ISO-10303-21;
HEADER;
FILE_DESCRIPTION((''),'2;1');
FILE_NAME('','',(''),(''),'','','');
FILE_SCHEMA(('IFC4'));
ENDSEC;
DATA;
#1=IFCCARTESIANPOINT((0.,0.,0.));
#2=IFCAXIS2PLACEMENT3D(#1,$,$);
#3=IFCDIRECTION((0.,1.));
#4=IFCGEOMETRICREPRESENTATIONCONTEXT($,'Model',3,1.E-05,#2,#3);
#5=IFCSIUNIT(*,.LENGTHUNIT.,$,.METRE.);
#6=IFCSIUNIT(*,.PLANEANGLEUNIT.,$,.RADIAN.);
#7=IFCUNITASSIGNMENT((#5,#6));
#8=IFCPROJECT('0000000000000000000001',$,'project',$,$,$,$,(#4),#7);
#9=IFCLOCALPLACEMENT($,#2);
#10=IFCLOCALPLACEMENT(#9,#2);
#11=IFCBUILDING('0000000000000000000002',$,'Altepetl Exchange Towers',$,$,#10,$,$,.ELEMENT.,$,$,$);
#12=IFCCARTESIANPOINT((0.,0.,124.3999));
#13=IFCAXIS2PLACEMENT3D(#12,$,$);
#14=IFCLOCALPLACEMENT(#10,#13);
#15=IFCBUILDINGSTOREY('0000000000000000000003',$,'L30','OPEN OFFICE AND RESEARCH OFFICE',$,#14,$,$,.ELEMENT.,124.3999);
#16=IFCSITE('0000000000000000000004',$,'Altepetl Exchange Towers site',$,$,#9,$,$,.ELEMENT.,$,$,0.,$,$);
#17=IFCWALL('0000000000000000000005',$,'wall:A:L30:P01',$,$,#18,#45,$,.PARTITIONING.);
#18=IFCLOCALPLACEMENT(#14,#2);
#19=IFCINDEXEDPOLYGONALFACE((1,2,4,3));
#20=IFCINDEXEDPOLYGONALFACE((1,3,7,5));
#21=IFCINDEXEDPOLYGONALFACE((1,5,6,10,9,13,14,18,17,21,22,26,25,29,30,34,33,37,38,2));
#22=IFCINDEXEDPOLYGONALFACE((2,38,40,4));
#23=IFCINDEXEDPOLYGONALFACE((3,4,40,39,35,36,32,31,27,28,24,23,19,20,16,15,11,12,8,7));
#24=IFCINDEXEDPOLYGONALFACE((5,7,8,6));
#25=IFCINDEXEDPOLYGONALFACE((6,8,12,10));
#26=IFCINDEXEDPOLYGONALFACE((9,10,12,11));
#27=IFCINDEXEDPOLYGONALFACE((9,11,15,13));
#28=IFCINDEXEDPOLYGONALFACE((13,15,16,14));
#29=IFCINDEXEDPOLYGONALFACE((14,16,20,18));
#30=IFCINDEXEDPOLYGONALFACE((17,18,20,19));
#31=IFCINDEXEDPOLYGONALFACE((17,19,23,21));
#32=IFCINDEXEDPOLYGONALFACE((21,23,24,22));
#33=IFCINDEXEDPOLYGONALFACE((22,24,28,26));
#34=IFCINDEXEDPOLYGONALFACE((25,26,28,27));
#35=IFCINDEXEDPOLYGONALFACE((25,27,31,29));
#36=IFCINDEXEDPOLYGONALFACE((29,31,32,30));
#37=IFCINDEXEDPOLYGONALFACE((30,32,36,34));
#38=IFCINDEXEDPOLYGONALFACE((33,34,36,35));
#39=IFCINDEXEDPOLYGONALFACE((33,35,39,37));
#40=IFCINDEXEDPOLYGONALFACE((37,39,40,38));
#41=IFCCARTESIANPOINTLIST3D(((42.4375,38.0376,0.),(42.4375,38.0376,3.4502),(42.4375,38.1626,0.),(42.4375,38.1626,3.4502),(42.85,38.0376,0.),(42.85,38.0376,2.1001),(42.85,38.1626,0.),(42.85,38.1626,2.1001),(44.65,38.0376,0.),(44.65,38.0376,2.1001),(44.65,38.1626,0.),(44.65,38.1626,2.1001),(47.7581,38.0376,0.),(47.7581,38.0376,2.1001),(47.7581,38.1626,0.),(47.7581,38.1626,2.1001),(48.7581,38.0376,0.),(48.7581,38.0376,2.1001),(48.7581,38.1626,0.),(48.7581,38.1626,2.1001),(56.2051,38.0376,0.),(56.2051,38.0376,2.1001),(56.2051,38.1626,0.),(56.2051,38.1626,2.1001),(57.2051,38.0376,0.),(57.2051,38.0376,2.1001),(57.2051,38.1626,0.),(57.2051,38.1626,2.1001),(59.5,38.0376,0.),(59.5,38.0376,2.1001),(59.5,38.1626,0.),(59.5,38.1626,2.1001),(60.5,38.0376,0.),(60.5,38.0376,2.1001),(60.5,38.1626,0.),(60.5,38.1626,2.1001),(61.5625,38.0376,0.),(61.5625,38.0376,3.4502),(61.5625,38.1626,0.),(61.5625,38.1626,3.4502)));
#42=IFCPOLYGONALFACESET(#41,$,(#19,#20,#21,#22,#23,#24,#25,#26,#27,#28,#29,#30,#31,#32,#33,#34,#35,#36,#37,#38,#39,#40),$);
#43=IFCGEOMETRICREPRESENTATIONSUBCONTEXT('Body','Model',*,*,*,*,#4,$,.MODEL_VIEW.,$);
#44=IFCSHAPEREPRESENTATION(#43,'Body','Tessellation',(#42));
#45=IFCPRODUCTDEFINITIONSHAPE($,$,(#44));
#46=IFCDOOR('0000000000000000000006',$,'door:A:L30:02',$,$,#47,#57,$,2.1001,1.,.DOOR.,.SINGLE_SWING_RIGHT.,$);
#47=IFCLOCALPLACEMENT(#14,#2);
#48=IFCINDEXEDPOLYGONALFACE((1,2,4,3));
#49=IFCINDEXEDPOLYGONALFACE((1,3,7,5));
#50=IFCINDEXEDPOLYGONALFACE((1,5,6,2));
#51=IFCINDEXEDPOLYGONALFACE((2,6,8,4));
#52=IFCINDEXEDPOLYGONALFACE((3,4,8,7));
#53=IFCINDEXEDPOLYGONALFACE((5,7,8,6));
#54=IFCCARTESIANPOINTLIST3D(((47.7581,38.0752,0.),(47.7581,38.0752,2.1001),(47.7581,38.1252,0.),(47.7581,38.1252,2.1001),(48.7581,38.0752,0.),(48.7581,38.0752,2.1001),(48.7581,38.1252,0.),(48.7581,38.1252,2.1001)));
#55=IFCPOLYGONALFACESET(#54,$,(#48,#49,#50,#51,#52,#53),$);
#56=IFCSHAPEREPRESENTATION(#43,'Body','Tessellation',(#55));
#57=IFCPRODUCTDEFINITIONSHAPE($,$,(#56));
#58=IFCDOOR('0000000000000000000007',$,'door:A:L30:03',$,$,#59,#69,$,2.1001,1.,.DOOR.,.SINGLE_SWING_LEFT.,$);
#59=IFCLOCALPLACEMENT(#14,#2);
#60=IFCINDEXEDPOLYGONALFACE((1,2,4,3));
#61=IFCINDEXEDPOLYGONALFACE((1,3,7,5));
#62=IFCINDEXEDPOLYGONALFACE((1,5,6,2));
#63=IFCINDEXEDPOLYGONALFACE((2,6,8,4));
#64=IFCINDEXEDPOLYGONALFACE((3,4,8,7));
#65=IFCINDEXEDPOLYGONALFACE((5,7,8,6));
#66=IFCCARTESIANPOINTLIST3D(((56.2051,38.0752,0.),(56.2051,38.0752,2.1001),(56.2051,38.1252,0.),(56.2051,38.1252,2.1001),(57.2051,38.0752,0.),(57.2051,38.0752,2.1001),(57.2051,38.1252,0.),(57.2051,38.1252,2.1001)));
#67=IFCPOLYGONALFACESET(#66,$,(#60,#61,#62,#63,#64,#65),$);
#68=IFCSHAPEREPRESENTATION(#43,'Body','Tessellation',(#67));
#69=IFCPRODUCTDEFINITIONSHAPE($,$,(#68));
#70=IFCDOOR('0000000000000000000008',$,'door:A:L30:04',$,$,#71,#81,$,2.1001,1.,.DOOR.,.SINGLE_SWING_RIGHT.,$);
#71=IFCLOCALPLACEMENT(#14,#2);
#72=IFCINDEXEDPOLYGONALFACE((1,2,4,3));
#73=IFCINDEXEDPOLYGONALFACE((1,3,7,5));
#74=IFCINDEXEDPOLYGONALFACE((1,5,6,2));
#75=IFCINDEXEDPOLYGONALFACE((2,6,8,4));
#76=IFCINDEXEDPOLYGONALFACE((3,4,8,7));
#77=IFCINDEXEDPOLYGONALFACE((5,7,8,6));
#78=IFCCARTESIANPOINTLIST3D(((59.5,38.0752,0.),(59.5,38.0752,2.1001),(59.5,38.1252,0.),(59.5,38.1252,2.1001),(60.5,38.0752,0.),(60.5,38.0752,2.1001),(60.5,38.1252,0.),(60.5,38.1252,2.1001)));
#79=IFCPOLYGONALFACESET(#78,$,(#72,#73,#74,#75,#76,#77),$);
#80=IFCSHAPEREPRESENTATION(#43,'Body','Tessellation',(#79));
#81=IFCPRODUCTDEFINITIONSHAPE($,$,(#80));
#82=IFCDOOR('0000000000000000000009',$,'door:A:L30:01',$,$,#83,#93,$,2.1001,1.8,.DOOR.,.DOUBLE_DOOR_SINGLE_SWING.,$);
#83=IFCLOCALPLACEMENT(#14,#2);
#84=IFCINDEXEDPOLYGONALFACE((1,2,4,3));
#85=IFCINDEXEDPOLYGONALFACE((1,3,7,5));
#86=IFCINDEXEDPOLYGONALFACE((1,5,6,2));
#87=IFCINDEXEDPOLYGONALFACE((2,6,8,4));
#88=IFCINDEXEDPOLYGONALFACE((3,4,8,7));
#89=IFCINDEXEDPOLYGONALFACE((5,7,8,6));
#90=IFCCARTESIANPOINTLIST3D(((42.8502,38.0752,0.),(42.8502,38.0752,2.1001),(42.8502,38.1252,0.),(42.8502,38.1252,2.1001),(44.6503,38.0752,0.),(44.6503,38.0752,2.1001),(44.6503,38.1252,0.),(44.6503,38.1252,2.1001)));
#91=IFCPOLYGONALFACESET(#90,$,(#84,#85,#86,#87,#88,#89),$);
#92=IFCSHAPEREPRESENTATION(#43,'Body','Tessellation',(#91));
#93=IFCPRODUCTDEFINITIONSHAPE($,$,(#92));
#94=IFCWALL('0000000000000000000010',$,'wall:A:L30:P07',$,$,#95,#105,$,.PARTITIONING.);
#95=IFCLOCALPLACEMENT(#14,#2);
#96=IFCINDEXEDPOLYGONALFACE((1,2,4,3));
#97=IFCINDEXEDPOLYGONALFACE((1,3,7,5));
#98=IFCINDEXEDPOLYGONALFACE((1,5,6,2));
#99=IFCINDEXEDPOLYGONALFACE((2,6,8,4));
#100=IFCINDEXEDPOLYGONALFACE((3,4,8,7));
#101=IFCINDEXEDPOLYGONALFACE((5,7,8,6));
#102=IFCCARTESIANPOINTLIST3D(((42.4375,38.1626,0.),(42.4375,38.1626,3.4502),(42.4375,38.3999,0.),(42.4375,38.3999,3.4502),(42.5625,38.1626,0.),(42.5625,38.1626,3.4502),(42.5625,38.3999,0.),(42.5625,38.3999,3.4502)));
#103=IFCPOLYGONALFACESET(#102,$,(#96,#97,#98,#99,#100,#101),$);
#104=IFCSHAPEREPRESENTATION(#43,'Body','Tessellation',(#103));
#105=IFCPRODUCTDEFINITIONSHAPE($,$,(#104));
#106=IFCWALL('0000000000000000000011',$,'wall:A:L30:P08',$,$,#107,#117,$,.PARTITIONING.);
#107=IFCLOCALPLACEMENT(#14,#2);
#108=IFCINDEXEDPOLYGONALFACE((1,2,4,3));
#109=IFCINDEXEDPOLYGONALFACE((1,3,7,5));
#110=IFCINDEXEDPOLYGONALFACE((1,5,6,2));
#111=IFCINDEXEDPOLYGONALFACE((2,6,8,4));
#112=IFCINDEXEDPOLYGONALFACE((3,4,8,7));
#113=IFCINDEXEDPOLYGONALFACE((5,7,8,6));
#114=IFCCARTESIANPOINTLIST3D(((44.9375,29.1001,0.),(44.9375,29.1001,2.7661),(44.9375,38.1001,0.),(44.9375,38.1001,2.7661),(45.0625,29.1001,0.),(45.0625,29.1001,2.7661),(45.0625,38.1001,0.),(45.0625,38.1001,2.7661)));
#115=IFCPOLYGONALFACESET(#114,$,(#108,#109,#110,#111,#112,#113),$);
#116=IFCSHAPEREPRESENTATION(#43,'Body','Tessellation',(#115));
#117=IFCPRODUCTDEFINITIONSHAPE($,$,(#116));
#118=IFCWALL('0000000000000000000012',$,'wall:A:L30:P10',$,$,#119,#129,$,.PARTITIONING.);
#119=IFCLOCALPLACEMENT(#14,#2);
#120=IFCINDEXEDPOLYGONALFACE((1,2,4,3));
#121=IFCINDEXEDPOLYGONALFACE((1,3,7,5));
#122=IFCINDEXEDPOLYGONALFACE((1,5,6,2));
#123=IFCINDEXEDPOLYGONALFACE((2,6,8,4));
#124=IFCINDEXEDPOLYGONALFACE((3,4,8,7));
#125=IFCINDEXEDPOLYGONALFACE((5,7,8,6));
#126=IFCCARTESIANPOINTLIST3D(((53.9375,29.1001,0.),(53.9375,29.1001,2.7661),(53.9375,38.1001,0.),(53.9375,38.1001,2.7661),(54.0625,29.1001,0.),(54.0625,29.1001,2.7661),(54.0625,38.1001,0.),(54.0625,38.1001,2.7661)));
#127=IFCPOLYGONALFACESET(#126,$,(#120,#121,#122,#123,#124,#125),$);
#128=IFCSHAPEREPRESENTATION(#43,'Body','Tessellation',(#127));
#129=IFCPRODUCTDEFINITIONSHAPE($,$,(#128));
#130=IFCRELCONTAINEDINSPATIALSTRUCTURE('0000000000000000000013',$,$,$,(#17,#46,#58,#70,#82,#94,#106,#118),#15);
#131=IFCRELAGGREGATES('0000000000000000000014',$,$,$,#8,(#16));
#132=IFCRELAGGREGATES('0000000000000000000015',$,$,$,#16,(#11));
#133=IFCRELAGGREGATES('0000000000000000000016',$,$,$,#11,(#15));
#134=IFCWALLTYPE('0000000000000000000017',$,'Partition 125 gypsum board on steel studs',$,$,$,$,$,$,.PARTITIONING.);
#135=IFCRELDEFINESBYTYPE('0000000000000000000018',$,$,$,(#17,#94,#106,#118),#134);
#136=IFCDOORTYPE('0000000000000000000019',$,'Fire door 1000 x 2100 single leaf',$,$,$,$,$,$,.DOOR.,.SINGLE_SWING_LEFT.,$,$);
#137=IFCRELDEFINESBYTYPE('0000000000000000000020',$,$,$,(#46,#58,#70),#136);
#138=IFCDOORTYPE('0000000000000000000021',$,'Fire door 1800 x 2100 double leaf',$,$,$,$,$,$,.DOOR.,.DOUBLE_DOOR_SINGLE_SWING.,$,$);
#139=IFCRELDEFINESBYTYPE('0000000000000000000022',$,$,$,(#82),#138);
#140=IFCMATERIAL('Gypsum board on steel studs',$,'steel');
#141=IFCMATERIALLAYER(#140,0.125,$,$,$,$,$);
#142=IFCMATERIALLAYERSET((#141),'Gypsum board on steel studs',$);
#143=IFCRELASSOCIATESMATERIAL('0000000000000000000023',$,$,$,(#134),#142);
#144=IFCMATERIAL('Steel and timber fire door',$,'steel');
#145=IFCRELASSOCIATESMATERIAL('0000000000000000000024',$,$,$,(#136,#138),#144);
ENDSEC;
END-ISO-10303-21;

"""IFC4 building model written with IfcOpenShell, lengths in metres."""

from ifc_helpers import new_model, si_unit, direction, frame, frame_2d, origin, place, context, subcontext, project, spatial, rectangle, extrude, material, layer, layer_set, type_object, element, fill, save


model = new_model("IFC4")

# Units and contexts
model_context = context("Model", 3, precision=1e-05, world=origin(), true_north=direction((0.0, 1.0)))
body_context = subcontext(model_context, "Body", "Model", "MODEL_VIEW")
ifc_project = project(units=[si_unit("LENGTHUNIT", "METRE"), si_unit("PLANEANGLEUNIT", "RADIAN")], contexts=[model_context])

# Site, building, storey
site_placement = place(None, origin())
site = spatial("IfcSite", under=ifc_project, at=site_placement, Name="Altepetl Exchange Towers site", CompositionType="ELEMENT", RefElevation=0.0)
building_placement = place(site_placement, origin())
building = spatial("IfcBuilding", under=site, at=building_placement, Name="Altepetl Exchange Towers", CompositionType="ELEMENT")
storey_placement = place(building_placement, frame((0.0, 0.0, 124.3999)))
storey = spatial("IfcBuildingStorey", under=building, at=storey_placement, Name="L30", Description="OPEN OFFICE AND RESEARCH OFFICE", CompositionType="ELEMENT", Elevation=124.3999)

# Wall, openings, doors
ifc_material_1 = material(Name="Gypsum board on steel studs", Category="steel")
ifc_layer_1 = layer(ifc_material_1, 0.125)
ifc_layer_set_1 = layer_set([ifc_layer_1], Name="Gypsum board on steel studs")
wall_type_1 = type_object("IfcWallType", Name="Partition 125 gypsum board on steel studs", PredefinedType="PARTITIONING", material=ifc_layer_set_1)
wall_1_placement = place(storey_placement, frame((42.4375, 38.1001, 0.0)))
wall_1 = element("IfcWall", 1, at=wall_1_placement, inside=storey, type_object=wall_type_1, Name="wall:A:L30:P01", PredefinedType="PARTITIONING", context=body_context, shape_type="SweptSolid", body=[
    extrude(rectangle(XDim=19.125, YDim=0.125, at=frame_2d((9.5625, 0.0))), origin(), (0.0, 0.0, 1.0), 3.4502),
])
opening_1_placement = place(wall_1_placement, frame((0.4126, 0.0, 0.0)))
opening_1 = element("IfcOpeningElement", 2, at=opening_1_placement, cuts=wall_1, PredefinedType="OPENING", context=body_context, shape_type="SweptSolid", body=[
    extrude(rectangle(XDim=1.8, YDim=2.1001, at=frame_2d((0.8999, 1.05))), frame((0.0, 0.0725, 0.0), z_axis=(0.0, -1.0, 0.0), x_axis=(1.0, 0.0, 0.0)), (0.0, 0.0, 1.0), 0.145),
])
opening_2_placement = place(wall_1_placement, frame((5.3206, 0.0, 0.0)))
opening_2 = element("IfcOpeningElement", 3, at=opening_2_placement, cuts=wall_1, PredefinedType="OPENING", context=body_context, shape_type="SweptSolid", body=[
    extrude(rectangle(XDim=1.0, YDim=2.1001, at=frame_2d((0.5, 1.05))), frame((0.0, 0.0725, 0.0), z_axis=(0.0, -1.0, 0.0), x_axis=(1.0, 0.0, 0.0)), (0.0, 0.0, 1.0), 0.145),
])
opening_3_placement = place(wall_1_placement, frame((13.7676, 0.0, 0.0)))
opening_3 = element("IfcOpeningElement", 4, at=opening_3_placement, cuts=wall_1, PredefinedType="OPENING", context=body_context, shape_type="SweptSolid", body=[
    extrude(rectangle(XDim=1.0, YDim=2.1001, at=frame_2d((0.5, 1.05))), frame((0.0, 0.0725, 0.0), z_axis=(0.0, -1.0, 0.0), x_axis=(1.0, 0.0, 0.0)), (0.0, 0.0, 1.0), 0.145),
])
opening_4_placement = place(wall_1_placement, frame((17.0625, 0.0, 0.0)))
opening_4 = element("IfcOpeningElement", 5, at=opening_4_placement, cuts=wall_1, PredefinedType="OPENING", context=body_context, shape_type="SweptSolid", body=[
    extrude(rectangle(XDim=1.0, YDim=2.1001, at=frame_2d((0.5, 1.05))), frame((0.0, 0.0725, 0.0), z_axis=(0.0, -1.0, 0.0), x_axis=(1.0, 0.0, 0.0)), (0.0, 0.0, 1.0), 0.145),
])
ifc_material_2 = material(Name="Steel and timber fire door", Category="steel")
door_type_1 = type_object("IfcDoorType", Name="Fire door 1000 x 2100 single leaf", OperationType="SINGLE_SWING_LEFT", PredefinedType="DOOR", material=ifc_material_2)
door_1_placement = place(opening_2_placement, frame((1.0, 0.0, 0.0), x_axis=(-1.0, 0.0, 0.0)))
door_1 = element("IfcDoor", 6, at=door_1_placement, inside=storey, type_object=door_type_1, Name="door:A:L30:02", OperationType="SINGLE_SWING_RIGHT", OverallHeight=2.1001, OverallWidth=1.0, PredefinedType="DOOR", context=body_context, shape_type="SweptSolid", body=[
    extrude(rectangle(XDim=1.0, YDim=2.1001, at=frame_2d((0.5, 1.05))), frame((0.0, 0.0249, 0.0), z_axis=(0.0, -1.0, 0.0), x_axis=(1.0, 0.0, 0.0)), (0.0, 0.0, 1.0), 0.05),
])
fill(opening_2, door_1)
door_2_placement = place(opening_3_placement, frame((1.0, 0.0, 0.0), x_axis=(-1.0, 0.0, 0.0)))
door_2 = element("IfcDoor", 7, at=door_2_placement, inside=storey, type_object=door_type_1, Name="door:A:L30:03", OperationType="SINGLE_SWING_LEFT", OverallHeight=2.1001, OverallWidth=1.0, PredefinedType="DOOR", context=body_context, shape_type="SweptSolid", body=[
    extrude(rectangle(XDim=1.0, YDim=2.1001, at=frame_2d((0.5, 1.05))), frame((0.0, 0.0249, 0.0), z_axis=(0.0, -1.0, 0.0), x_axis=(1.0, 0.0, 0.0)), (0.0, 0.0, 1.0), 0.05),
])
fill(opening_3, door_2)
door_3_placement = place(opening_4_placement, frame((1.0, 0.0, 0.0), x_axis=(-1.0, 0.0, 0.0)))
door_3 = element("IfcDoor", 8, at=door_3_placement, inside=storey, type_object=door_type_1, Name="door:A:L30:04", OperationType="SINGLE_SWING_RIGHT", OverallHeight=2.1001, OverallWidth=1.0, PredefinedType="DOOR", context=body_context, shape_type="SweptSolid", body=[
    extrude(rectangle(XDim=1.0, YDim=2.1001, at=frame_2d((0.5, 1.05))), frame((0.0, 0.0249, 0.0), z_axis=(0.0, -1.0, 0.0), x_axis=(1.0, 0.0, 0.0)), (0.0, 0.0, 1.0), 0.05),
])
fill(opening_4, door_3)
door_type_2 = type_object("IfcDoorType", Name="Fire door 1800 x 2100 double leaf", OperationType="DOUBLE_DOOR_SINGLE_SWING", PredefinedType="DOOR", material=ifc_material_2)
door_4_placement = place(opening_1_placement, frame((1.8, 0.0, 0.0), x_axis=(-1.0, 0.0, 0.0)))
door_4 = element("IfcDoor", 9, at=door_4_placement, inside=storey, type_object=door_type_2, Name="door:A:L30:01", OperationType="DOUBLE_DOOR_SINGLE_SWING", OverallHeight=2.1001, OverallWidth=1.8, PredefinedType="DOOR", context=body_context, shape_type="SweptSolid", body=[
    extrude(rectangle(XDim=1.8, YDim=2.1001, at=frame_2d((0.8999, 1.05))), frame((0.0, 0.0249, 0.0), z_axis=(0.0, -1.0, 0.0), x_axis=(1.0, 0.0, 0.0)), (0.0, 0.0, 1.0), 0.05),
])
fill(opening_1, door_4)

# Walls
wall_2_placement = place(storey_placement, frame((42.5, 38.1626, 0.0), z_axis=(0.0, 0.0, 1.0), x_axis=(0.0, 1.0, 0.0)))
element("IfcWall", 10, at=wall_2_placement, inside=storey, type_object=wall_type_1, Name="wall:A:L30:P07", PredefinedType="PARTITIONING", context=body_context, shape_type="SweptSolid", body=[
    extrude(rectangle(XDim=0.2373, YDim=0.125, at=frame_2d((0.1187, 0.0))), origin(), (0.0, 0.0, 1.0), 3.4502),
])
for number, where, z_axis, x_axis, name in (
    (11, (45.0, 29.1001, 0.0), (0.0, 0.0, 1.0), (0.0, 1.0, 0.0), "wall:A:L30:P08"),
    (12, (54.0, 29.1001, 0.0), (0.0, 0.0, 1.0), (0.0, 1.0, 0.0), "wall:A:L30:P10"),
):
    element("IfcWall", number, at=place(storey_placement, frame(where, z_axis=z_axis, x_axis=x_axis)), inside=storey, type_object=wall_type_1, Name=name, PredefinedType="PARTITIONING", context=body_context, shape_type="SweptSolid", body=[
        extrude(rectangle(XDim=9.0, YDim=0.125, at=frame_2d((4.5, 0.0))), origin(), (0.0, 0.0, 1.0), 2.7661),
    ])

save(model, "model.ifc")
